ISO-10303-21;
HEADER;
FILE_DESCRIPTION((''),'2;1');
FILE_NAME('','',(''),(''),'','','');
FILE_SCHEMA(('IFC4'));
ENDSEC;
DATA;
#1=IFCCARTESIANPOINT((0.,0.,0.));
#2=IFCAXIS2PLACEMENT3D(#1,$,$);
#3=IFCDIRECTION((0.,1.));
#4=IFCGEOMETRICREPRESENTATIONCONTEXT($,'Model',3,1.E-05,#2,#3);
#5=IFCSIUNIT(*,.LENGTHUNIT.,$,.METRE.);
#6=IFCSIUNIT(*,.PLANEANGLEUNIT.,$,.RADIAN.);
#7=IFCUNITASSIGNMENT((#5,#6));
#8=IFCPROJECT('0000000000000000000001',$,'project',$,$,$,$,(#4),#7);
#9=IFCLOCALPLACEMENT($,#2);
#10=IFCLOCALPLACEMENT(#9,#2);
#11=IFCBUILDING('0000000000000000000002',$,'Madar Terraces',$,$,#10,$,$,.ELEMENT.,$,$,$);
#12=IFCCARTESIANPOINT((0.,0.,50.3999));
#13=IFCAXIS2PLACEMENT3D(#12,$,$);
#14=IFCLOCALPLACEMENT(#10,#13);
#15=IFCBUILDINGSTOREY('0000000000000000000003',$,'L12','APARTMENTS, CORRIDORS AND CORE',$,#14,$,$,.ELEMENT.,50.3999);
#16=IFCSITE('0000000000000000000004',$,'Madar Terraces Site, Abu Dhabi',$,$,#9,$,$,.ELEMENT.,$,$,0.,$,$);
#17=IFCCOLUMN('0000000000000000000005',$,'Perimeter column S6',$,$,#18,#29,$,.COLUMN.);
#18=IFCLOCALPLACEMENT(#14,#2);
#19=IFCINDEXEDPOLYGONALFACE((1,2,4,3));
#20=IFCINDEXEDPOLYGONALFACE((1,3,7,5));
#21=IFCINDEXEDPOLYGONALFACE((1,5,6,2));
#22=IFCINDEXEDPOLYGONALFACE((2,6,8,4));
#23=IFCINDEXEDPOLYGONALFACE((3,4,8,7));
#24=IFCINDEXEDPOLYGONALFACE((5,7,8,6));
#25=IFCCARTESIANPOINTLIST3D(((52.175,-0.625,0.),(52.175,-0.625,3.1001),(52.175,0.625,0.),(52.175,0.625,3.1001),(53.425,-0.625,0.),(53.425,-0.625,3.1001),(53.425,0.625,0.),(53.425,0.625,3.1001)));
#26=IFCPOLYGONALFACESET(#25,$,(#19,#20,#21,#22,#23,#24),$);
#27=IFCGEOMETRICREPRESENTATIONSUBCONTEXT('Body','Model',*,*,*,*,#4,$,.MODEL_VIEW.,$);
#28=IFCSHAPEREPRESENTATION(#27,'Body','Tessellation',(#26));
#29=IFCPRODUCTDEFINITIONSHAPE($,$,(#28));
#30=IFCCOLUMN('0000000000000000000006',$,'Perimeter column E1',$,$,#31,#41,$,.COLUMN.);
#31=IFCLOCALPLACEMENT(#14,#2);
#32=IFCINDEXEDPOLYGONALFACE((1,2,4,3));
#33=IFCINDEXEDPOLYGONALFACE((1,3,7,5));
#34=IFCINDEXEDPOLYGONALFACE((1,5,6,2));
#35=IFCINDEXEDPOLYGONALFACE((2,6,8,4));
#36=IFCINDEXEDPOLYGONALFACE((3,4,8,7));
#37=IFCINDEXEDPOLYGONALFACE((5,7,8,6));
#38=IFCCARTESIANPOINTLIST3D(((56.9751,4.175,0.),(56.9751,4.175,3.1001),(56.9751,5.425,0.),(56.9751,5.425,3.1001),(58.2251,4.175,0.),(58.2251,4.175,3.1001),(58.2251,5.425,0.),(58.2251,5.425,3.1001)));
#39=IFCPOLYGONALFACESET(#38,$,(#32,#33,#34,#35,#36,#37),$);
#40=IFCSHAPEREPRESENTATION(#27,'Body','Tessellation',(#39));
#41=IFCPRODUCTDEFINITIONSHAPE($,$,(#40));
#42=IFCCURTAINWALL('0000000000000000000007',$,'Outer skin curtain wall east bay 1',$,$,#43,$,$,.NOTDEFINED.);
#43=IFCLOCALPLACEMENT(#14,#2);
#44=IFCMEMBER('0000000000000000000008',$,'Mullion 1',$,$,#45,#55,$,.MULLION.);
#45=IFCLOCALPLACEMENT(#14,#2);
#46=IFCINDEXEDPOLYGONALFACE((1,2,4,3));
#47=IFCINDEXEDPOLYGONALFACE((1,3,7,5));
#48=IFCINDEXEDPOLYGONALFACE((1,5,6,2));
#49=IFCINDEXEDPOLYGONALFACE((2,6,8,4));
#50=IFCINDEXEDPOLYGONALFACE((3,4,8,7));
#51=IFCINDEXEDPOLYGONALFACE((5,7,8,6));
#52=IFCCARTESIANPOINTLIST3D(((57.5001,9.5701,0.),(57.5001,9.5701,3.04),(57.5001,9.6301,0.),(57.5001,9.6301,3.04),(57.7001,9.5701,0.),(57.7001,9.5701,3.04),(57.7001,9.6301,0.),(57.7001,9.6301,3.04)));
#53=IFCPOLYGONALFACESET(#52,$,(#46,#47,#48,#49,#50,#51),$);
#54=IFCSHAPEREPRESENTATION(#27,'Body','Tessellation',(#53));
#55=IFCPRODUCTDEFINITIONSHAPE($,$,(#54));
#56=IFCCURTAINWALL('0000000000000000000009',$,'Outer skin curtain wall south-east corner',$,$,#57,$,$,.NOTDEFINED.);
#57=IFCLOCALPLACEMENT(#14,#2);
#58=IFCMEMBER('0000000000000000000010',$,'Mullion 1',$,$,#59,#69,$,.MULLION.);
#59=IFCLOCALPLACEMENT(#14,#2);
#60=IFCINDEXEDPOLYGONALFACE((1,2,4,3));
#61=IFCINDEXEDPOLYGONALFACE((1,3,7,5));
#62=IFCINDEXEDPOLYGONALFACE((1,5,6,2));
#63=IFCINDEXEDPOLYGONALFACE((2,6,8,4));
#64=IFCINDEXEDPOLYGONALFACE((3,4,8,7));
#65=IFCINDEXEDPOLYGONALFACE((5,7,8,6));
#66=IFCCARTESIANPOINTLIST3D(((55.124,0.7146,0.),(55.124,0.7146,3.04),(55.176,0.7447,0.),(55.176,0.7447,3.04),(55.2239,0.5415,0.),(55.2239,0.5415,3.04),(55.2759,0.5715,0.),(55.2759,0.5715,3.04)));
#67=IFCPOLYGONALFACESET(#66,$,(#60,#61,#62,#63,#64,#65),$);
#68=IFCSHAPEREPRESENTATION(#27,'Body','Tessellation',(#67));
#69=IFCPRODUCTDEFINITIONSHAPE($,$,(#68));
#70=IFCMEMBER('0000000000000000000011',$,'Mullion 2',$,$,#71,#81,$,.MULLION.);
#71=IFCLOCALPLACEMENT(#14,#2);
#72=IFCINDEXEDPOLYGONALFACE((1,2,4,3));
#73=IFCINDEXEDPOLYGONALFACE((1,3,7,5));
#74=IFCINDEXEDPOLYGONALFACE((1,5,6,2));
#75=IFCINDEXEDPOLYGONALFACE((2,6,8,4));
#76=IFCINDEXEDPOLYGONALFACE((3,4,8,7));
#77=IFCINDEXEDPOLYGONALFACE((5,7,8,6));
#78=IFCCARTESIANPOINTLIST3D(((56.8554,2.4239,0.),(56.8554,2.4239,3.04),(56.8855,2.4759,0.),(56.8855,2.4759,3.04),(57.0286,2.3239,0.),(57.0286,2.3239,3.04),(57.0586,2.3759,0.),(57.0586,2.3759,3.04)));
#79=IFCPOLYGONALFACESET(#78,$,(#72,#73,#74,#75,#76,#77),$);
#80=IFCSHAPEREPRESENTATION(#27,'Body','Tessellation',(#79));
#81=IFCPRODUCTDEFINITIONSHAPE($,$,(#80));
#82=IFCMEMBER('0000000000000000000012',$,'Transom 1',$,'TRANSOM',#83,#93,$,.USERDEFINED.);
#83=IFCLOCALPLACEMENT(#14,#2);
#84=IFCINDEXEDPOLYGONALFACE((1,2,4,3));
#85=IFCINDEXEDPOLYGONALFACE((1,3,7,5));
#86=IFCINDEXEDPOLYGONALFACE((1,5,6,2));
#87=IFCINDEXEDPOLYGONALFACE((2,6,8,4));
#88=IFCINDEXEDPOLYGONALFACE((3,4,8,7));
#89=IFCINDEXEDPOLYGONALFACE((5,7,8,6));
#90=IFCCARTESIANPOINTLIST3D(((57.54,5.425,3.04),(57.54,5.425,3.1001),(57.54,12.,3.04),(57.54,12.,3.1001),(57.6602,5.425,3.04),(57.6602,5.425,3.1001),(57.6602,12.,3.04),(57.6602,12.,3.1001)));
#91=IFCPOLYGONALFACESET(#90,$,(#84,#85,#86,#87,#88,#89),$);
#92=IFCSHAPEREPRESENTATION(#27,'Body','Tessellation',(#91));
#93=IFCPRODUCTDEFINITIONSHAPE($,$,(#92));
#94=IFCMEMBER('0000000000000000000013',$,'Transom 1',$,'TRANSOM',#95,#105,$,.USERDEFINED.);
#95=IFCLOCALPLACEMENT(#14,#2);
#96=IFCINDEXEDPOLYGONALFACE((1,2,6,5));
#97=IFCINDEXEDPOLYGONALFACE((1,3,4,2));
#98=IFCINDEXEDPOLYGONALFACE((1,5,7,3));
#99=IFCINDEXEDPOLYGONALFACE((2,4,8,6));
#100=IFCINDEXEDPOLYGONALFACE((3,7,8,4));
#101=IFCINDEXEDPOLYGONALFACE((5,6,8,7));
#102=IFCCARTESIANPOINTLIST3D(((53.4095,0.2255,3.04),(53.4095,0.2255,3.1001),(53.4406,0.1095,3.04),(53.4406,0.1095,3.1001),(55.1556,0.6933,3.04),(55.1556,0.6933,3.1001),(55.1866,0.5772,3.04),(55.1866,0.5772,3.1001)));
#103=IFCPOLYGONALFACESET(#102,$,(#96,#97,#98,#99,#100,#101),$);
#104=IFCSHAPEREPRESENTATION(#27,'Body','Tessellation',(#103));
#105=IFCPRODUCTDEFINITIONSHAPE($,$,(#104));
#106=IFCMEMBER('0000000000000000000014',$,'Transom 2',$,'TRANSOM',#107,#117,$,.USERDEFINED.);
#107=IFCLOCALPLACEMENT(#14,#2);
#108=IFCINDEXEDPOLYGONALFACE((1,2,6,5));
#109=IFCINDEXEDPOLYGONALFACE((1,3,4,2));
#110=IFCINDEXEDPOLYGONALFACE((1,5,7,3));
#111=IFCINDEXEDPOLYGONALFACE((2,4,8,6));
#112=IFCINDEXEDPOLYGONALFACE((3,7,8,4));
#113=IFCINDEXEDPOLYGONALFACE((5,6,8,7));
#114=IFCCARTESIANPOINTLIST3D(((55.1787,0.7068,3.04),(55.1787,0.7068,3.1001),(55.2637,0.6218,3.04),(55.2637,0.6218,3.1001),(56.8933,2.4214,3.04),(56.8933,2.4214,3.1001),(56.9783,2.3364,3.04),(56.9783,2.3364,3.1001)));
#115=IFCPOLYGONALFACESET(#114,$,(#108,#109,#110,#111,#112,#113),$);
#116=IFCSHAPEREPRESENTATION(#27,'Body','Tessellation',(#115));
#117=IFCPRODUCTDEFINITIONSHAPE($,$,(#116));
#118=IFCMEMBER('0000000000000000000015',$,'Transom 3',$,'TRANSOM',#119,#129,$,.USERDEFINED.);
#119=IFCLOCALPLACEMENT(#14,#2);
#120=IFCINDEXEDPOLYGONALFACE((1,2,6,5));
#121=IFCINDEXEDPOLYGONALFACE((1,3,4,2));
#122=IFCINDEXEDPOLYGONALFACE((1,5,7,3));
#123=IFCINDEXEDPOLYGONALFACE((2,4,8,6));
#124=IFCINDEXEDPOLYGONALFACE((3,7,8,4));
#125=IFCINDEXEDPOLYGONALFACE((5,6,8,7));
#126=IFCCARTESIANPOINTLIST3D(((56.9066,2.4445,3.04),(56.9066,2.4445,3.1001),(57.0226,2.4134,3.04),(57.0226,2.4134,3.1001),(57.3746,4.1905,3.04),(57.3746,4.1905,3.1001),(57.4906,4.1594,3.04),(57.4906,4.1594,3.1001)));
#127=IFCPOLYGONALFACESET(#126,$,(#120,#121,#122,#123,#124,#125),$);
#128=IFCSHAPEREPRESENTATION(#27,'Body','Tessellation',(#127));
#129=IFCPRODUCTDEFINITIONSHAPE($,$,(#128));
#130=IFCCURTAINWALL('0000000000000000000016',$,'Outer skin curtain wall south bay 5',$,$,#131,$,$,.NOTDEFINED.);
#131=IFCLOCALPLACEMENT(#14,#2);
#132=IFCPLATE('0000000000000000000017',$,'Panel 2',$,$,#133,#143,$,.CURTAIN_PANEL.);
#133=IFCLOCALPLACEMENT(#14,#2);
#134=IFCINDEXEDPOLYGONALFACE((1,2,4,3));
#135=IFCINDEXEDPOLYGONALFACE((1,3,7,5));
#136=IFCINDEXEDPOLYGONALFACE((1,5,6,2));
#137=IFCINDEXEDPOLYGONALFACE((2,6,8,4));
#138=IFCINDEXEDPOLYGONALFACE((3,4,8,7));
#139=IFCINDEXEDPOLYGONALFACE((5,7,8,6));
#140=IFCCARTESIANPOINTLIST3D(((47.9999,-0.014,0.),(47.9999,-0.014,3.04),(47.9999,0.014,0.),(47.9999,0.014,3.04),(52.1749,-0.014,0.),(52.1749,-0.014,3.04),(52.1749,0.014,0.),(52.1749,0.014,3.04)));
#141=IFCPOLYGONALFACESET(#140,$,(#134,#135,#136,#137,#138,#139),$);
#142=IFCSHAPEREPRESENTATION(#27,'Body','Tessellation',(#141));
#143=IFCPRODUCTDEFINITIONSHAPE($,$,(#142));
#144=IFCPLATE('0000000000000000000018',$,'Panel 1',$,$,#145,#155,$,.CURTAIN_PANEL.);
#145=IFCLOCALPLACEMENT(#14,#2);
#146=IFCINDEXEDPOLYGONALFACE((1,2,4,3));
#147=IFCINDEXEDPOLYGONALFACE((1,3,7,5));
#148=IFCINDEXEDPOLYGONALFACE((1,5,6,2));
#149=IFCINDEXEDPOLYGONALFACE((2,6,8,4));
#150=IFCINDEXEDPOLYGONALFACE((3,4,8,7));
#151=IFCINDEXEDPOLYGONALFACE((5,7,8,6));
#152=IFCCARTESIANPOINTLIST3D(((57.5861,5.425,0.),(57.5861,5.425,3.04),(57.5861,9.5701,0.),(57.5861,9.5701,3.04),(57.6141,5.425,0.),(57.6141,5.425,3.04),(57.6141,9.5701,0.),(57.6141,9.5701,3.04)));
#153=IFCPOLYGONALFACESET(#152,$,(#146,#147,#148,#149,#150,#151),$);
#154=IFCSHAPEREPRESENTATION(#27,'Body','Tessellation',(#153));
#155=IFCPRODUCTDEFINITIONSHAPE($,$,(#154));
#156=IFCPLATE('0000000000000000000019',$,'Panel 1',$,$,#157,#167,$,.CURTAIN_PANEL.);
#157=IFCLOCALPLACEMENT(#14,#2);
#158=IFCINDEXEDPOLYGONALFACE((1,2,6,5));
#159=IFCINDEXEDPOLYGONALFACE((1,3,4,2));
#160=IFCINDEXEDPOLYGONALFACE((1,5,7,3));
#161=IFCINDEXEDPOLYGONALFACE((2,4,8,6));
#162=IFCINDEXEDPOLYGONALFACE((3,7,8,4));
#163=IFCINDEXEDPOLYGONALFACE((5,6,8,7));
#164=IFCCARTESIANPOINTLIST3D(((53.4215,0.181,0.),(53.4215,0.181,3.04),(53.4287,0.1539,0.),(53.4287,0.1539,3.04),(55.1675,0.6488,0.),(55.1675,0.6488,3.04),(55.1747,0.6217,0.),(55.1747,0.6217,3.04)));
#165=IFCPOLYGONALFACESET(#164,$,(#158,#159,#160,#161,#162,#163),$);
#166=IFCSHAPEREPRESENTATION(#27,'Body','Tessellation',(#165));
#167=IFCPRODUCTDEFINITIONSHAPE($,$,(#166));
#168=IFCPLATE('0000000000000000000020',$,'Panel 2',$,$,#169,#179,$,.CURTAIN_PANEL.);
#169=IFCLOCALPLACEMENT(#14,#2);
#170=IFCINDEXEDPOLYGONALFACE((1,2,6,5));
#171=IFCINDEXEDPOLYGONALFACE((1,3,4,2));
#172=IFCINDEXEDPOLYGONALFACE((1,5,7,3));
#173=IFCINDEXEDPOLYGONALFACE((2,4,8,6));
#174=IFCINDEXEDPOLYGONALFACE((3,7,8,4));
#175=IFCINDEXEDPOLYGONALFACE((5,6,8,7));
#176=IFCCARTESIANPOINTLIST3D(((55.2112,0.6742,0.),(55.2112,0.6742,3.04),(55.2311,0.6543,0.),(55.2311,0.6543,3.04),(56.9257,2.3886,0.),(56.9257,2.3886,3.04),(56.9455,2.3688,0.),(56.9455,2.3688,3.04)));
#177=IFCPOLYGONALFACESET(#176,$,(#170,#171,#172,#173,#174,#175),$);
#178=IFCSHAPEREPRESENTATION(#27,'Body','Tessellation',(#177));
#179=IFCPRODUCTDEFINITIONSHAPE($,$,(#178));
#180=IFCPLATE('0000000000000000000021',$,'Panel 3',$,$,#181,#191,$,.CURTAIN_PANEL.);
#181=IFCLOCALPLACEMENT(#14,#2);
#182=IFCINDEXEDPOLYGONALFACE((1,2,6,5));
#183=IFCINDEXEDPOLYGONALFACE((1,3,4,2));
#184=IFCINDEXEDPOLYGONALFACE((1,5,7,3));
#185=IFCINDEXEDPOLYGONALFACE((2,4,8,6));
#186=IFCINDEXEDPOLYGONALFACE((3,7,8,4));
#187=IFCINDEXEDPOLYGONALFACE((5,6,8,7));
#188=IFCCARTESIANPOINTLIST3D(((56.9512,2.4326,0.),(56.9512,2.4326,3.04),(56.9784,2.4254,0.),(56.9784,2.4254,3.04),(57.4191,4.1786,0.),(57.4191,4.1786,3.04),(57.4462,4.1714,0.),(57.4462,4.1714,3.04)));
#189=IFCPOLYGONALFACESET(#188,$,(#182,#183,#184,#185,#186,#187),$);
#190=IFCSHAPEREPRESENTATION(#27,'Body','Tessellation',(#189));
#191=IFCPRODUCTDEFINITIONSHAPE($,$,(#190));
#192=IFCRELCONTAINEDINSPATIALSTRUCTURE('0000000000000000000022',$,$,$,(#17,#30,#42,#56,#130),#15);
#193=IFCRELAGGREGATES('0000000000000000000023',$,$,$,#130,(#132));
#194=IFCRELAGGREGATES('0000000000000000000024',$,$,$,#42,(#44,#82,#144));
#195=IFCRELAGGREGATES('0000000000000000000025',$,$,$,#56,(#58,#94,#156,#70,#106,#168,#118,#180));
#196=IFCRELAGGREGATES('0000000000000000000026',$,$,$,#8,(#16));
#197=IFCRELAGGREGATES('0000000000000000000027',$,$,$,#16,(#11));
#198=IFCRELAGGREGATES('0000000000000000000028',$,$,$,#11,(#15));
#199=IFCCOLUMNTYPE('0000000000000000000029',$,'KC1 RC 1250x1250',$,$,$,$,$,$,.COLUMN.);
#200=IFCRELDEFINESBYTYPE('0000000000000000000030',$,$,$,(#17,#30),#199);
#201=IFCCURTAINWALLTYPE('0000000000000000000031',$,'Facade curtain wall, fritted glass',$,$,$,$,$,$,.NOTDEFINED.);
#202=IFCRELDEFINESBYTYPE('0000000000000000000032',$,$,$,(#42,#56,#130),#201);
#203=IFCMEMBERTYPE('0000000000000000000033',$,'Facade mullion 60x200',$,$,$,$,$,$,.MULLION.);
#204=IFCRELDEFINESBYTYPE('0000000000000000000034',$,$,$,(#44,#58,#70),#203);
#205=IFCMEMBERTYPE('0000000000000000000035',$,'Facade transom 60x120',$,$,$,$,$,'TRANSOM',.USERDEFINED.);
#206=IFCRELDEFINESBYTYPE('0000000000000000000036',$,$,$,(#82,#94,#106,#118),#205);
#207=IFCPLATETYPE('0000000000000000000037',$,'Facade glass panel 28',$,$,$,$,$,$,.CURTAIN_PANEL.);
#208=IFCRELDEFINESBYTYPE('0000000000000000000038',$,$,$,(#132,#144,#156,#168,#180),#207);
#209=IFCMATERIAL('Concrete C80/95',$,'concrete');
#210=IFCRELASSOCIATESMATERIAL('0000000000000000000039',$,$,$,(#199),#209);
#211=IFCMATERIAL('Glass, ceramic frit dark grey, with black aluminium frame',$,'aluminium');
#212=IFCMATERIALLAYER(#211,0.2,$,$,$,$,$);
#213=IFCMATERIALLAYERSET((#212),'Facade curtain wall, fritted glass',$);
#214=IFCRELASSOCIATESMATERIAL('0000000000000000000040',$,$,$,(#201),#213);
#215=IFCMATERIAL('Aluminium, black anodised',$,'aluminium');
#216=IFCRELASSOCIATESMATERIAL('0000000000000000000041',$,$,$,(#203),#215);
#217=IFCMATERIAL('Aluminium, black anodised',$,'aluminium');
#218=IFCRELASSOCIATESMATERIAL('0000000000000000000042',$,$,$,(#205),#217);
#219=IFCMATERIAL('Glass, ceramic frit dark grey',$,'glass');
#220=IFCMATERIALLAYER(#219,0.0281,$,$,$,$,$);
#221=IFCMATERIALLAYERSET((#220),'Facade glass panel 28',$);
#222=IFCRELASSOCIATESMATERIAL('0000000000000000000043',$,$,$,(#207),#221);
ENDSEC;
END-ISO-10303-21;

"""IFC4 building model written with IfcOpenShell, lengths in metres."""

from ifc_helpers import new_model, si_unit, direction, frame, origin, origin_2d, place, context, subcontext, project, spatial, rectangle, extrude, material, layer, layer_set, material_profile, profile_set, type_object, element, aggregate, save


model = new_model("IFC4")

# Units and contexts
model_context = context("Model", 3, precision=1e-05, world=origin(), true_north=direction((0.0, 1.0)))
body_context = subcontext(model_context, "Body", "Model", "MODEL_VIEW")
ifc_project = project(units=[si_unit("LENGTHUNIT", "METRE"), si_unit("PLANEANGLEUNIT", "RADIAN")], contexts=[model_context])

# Site, building, storey
site_placement = place(None, origin())
site = spatial("IfcSite", under=ifc_project, at=site_placement, Name="Madar Terraces Site, Abu Dhabi", CompositionType="ELEMENT", RefElevation=0.0)
building_placement = place(site_placement, origin())
building = spatial("IfcBuilding", under=site, at=building_placement, Name="Madar Terraces", CompositionType="ELEMENT")
storey_placement = place(building_placement, frame((0.0, 0.0, 50.3999)))
storey = spatial("IfcBuildingStorey", under=building, at=storey_placement, Name="L12", Description="APARTMENTS, CORRIDORS AND CORE", CompositionType="ELEMENT", Elevation=50.3999)

# Columns
ifc_material_1 = material(Name="Concrete C80/95", Category="concrete")
ifc_material_profile_1 = material_profile(ifc_material_1, rectangle(XDim=1.25, YDim=1.25, at=origin_2d()), Name="KC1 RC 1250x1250")
ifc_profile_set_1 = profile_set([ifc_material_profile_1], Name="Concrete C80/95")
column_type = type_object("IfcColumnType", Name="KC1 RC 1250x1250", PredefinedType="COLUMN", material=ifc_profile_set_1)
for number, where, z_axis, x_axis, name in (
    (1, (52.8, 0.0, 0.0), (0.0, 0.0, 1.0), (1.0, 0.0, 0.0), "Perimeter column S6"),
    (2, (57.6001, 4.8, 0.0), (0.0, 0.0, 1.0), (1.0, 0.0, 0.0), "Perimeter column E1"),
):
    element("IfcColumn", number, at=place(storey_placement, frame(where, z_axis=z_axis, x_axis=x_axis)), inside=storey, type_object=column_type, Name=name, PredefinedType="COLUMN", context=body_context, shape_type="SweptSolid", body=[
        extrude(rectangle(XDim=1.25, YDim=1.25, at=origin_2d()), origin(), (0.0, 0.0, 1.0), 3.1001),
    ])

# Curtain wall, member
ifc_material_2 = material(Name="Glass, ceramic frit dark grey, with black aluminium frame", Category="aluminium")
ifc_layer_1 = layer(ifc_material_2, 0.2)
ifc_layer_set_1 = layer_set([ifc_layer_1], Name="Facade curtain wall, fritted glass")
curtain_wall_type = type_object("IfcCurtainWallType", Name="Facade curtain wall, fritted glass", PredefinedType="NOTDEFINED", material=ifc_layer_set_1)
curtain_wall_1_placement = place(storey_placement, origin())
curtain_wall_1 = element("IfcCurtainWall", 3, at=curtain_wall_1_placement, inside=storey, type_object=curtain_wall_type, Name="Outer skin curtain wall east bay 1", PredefinedType="NOTDEFINED")
ifc_material_3 = material(Name="Aluminium, black anodised", Category="aluminium")
ifc_material_profile_2 = material_profile(ifc_material_3, rectangle(XDim=0.2, YDim=0.0601, at=origin_2d()), Name="Facade mullion 60x200")
ifc_profile_set_2 = profile_set([ifc_material_profile_2], Name="Aluminium, black anodised")
member_type_1 = type_object("IfcMemberType", Name="Facade mullion 60x200", PredefinedType="MULLION", material=ifc_profile_set_2)
member_1_placement = place(storey_placement, frame((57.6001, 9.6001, 0.0), z_axis=(0.0, 0.0, 1.0), x_axis=(-1.0, 0.0, 0.0)))
member_1 = element("IfcMember", 4, at=member_1_placement, type_object=member_type_1, Name="Mullion 1", PredefinedType="MULLION", context=body_context, shape_type="SweptSolid", body=[
    extrude(rectangle(XDim=0.2, YDim=0.0601, at=origin_2d()), origin(), (0.0, 0.0, 1.0), 3.04),
])

# Curtain wall, members
curtain_wall_2_placement = place(storey_placement, origin())
curtain_wall_2 = element("IfcCurtainWall", 5, at=curtain_wall_2_placement, inside=storey, type_object=curtain_wall_type, Name="Outer skin curtain wall south-east corner", PredefinedType="NOTDEFINED")
member_2_placement = place(storey_placement, frame((55.2, 0.6431, 0.0), z_axis=(0.0, 0.0, 1.0), x_axis=(-0.5, 0.866025, 0.0)))
member_2 = element("IfcMember", 6, at=member_2_placement, type_object=member_type_1, Name="Mullion 1", PredefinedType="MULLION", context=body_context, shape_type="SweptSolid", body=[
    extrude(rectangle(XDim=0.2, YDim=0.0601, at=origin_2d()), origin(), (0.0, 0.0, 1.0), 3.04),
])
member_3_placement = place(storey_placement, frame((56.957, 2.3999, 0.0), z_axis=(0.0, 0.0, 1.0), x_axis=(-0.866025, 0.5, 0.0)))
member_3 = element("IfcMember", 7, at=member_3_placement, type_object=member_type_1, Name="Mullion 2", PredefinedType="MULLION", context=body_context, shape_type="SweptSolid", body=[
    extrude(rectangle(XDim=0.2, YDim=0.0601, at=origin_2d()), origin(), (0.0, 0.0, 1.0), 3.04),
])

# Members
ifc_material_4 = material(Name="Aluminium, black anodised", Category="aluminium")
ifc_material_profile_3 = material_profile(ifc_material_4, rectangle(XDim=0.1201, YDim=0.0601, at=origin_2d()), Name="Facade transom 60x120")
ifc_profile_set_3 = profile_set([ifc_material_profile_3], Name="Aluminium, black anodised")
member_type_2 = type_object("IfcMemberType", Name="Facade transom 60x120", ElementType="TRANSOM", PredefinedType="USERDEFINED", material=ifc_profile_set_3)
member_4_placement = place(storey_placement, frame((57.6001, 5.425, 3.0701), z_axis=(0.0, 1.0, 0.0), x_axis=(-1.0, 0.0, 0.0)))
member_4 = element("IfcMember", 8, at=member_4_placement, type_object=member_type_2, Name="Transom 1", ObjectType="TRANSOM", PredefinedType="USERDEFINED", context=body_context, shape_type="SweptSolid", body=[
    extrude(rectangle(XDim=0.1201, YDim=0.0601, at=origin_2d()), origin(), (0.0, 0.0, 1.0), 6.575),
])
member_5_placement = place(storey_placement, frame((53.425, 0.1675, 3.0701), z_axis=(0.965938, 0.258772, 0.0), x_axis=(-0.258772, 0.965938, 0.0)))
member_5 = element("IfcMember", 9, at=member_5_placement, type_object=member_type_2, Name="Transom 1", ObjectType="TRANSOM", PredefinedType="USERDEFINED", context=body_context, shape_type="SweptSolid", body=[
    extrude(rectangle(XDim=0.1201, YDim=0.0601, at=origin_2d()), origin(), (0.0, 0.0, 1.0), 1.8076),
])
member_6_placement = place(storey_placement, frame((55.2212, 0.6643, 3.0701), z_axis=(0.707107, 0.707107, 0.0), x_axis=(-0.707107, 0.707107, 0.0)))
member_6 = element("IfcMember", 10, at=member_6_placement, type_object=member_type_2, Name="Transom 2", ObjectType="TRANSOM", PredefinedType="USERDEFINED", context=body_context, shape_type="SweptSolid", body=[
    extrude(rectangle(XDim=0.1201, YDim=0.0601, at=origin_2d()), origin(), (0.0, 0.0, 1.0), 2.4248),
])
member_7_placement = place(storey_placement, frame((56.9646, 2.429, 3.0701), z_axis=(0.258898, 0.965905, 0.0), x_axis=(-0.965905, 0.258898, 0.0)))
member_7 = element("IfcMember", 11, at=member_7_placement, type_object=member_type_2, Name="Transom 3", ObjectType="TRANSOM", PredefinedType="USERDEFINED", context=body_context, shape_type="SweptSolid", body=[
    extrude(rectangle(XDim=0.1201, YDim=0.0601, at=origin_2d()), origin(), (0.0, 0.0, 1.0), 1.8076),
])

# Curtain wall, plate
curtain_wall_3_placement = place(storey_placement, origin())
curtain_wall_3 = element("IfcCurtainWall", 12, at=curtain_wall_3_placement, inside=storey, type_object=curtain_wall_type, Name="Outer skin curtain wall south bay 5", PredefinedType="NOTDEFINED")
ifc_material_5 = material(Name="Glass, ceramic frit dark grey", Category="glass")
ifc_layer_2 = layer(ifc_material_5, 0.0281)
ifc_layer_set_2 = layer_set([ifc_layer_2], Name="Facade glass panel 28")
plate_type = type_object("IfcPlateType", Name="Facade glass panel 28", PredefinedType="CURTAIN_PANEL", material=ifc_layer_set_2)
plate_1_placement = place(storey_placement, frame((50.0874, 0.0, 0.0), z_axis=(0.0, 0.0, 1.0), x_axis=(1.0, 0.0, 0.0)))
plate_1 = element("IfcPlate", 13, at=plate_1_placement, type_object=plate_type, Name="Panel 2", PredefinedType="CURTAIN_PANEL", context=body_context, shape_type="SweptSolid", body=[
    extrude(rectangle(XDim=4.175, YDim=0.0281, at=origin_2d()), origin(), (0.0, 0.0, 1.0), 3.04),
])
aggregate(curtain_wall_3, [plate_1])

# Plates
plate_2_placement = place(storey_placement, frame((57.6001, 7.4976, 0.0), z_axis=(0.0, 0.0, 1.0), x_axis=(0.0, 1.0, 0.0)))
plate_2 = element("IfcPlate", 14, at=plate_2_placement, type_object=plate_type, Name="Panel 1", PredefinedType="CURTAIN_PANEL", context=body_context, shape_type="SweptSolid", body=[
    extrude(rectangle(XDim=4.145, YDim=0.0281, at=origin_2d()), origin(), (0.0, 0.0, 1.0), 3.04),
])
aggregate(curtain_wall_1, [member_1, member_4, plate_2])
plate_3_placement = place(storey_placement, frame((54.2981, 0.4014, 0.0), z_axis=(0.0, 0.0, 1.0), x_axis=(0.965926, 0.258819, 0.0)))
plate_3 = element("IfcPlate", 15, at=plate_3_placement, type_object=plate_type, Name="Panel 1", PredefinedType="CURTAIN_PANEL", context=body_context, shape_type="SweptSolid", body=[
    extrude(rectangle(XDim=1.8076, YDim=0.0281, at=origin_2d()), origin(), (0.0, 0.0, 1.0), 3.04),
])
plate_4_placement = place(storey_placement, frame((56.0784, 1.5215, 0.0), z_axis=(0.0, 0.0, 1.0), x_axis=(0.707107, 0.707107, 0.0)))
plate_4 = element("IfcPlate", 16, at=plate_4_placement, type_object=plate_type, Name="Panel 2", PredefinedType="CURTAIN_PANEL", context=body_context, shape_type="SweptSolid", body=[
    extrude(rectangle(XDim=2.4246, YDim=0.0281, at=origin_2d()), origin(), (0.0, 0.0, 1.0), 3.04),
])
plate_5_placement = place(storey_placement, frame((57.1987, 3.302, 0.0), z_axis=(0.0, 0.0, 1.0), x_axis=(0.258819, 0.965926, 0.0)))
plate_5 = element("IfcPlate", 17, at=plate_5_placement, type_object=plate_type, Name="Panel 3", PredefinedType="CURTAIN_PANEL", context=body_context, shape_type="SweptSolid", body=[
    extrude(rectangle(XDim=1.8076, YDim=0.0281, at=origin_2d()), origin(), (0.0, 0.0, 1.0), 3.04),
])
aggregate(curtain_wall_2, [member_2, member_5, plate_3, member_3, member_6, plate_4, member_7, plate_5])

save(model, "model.ifc")
